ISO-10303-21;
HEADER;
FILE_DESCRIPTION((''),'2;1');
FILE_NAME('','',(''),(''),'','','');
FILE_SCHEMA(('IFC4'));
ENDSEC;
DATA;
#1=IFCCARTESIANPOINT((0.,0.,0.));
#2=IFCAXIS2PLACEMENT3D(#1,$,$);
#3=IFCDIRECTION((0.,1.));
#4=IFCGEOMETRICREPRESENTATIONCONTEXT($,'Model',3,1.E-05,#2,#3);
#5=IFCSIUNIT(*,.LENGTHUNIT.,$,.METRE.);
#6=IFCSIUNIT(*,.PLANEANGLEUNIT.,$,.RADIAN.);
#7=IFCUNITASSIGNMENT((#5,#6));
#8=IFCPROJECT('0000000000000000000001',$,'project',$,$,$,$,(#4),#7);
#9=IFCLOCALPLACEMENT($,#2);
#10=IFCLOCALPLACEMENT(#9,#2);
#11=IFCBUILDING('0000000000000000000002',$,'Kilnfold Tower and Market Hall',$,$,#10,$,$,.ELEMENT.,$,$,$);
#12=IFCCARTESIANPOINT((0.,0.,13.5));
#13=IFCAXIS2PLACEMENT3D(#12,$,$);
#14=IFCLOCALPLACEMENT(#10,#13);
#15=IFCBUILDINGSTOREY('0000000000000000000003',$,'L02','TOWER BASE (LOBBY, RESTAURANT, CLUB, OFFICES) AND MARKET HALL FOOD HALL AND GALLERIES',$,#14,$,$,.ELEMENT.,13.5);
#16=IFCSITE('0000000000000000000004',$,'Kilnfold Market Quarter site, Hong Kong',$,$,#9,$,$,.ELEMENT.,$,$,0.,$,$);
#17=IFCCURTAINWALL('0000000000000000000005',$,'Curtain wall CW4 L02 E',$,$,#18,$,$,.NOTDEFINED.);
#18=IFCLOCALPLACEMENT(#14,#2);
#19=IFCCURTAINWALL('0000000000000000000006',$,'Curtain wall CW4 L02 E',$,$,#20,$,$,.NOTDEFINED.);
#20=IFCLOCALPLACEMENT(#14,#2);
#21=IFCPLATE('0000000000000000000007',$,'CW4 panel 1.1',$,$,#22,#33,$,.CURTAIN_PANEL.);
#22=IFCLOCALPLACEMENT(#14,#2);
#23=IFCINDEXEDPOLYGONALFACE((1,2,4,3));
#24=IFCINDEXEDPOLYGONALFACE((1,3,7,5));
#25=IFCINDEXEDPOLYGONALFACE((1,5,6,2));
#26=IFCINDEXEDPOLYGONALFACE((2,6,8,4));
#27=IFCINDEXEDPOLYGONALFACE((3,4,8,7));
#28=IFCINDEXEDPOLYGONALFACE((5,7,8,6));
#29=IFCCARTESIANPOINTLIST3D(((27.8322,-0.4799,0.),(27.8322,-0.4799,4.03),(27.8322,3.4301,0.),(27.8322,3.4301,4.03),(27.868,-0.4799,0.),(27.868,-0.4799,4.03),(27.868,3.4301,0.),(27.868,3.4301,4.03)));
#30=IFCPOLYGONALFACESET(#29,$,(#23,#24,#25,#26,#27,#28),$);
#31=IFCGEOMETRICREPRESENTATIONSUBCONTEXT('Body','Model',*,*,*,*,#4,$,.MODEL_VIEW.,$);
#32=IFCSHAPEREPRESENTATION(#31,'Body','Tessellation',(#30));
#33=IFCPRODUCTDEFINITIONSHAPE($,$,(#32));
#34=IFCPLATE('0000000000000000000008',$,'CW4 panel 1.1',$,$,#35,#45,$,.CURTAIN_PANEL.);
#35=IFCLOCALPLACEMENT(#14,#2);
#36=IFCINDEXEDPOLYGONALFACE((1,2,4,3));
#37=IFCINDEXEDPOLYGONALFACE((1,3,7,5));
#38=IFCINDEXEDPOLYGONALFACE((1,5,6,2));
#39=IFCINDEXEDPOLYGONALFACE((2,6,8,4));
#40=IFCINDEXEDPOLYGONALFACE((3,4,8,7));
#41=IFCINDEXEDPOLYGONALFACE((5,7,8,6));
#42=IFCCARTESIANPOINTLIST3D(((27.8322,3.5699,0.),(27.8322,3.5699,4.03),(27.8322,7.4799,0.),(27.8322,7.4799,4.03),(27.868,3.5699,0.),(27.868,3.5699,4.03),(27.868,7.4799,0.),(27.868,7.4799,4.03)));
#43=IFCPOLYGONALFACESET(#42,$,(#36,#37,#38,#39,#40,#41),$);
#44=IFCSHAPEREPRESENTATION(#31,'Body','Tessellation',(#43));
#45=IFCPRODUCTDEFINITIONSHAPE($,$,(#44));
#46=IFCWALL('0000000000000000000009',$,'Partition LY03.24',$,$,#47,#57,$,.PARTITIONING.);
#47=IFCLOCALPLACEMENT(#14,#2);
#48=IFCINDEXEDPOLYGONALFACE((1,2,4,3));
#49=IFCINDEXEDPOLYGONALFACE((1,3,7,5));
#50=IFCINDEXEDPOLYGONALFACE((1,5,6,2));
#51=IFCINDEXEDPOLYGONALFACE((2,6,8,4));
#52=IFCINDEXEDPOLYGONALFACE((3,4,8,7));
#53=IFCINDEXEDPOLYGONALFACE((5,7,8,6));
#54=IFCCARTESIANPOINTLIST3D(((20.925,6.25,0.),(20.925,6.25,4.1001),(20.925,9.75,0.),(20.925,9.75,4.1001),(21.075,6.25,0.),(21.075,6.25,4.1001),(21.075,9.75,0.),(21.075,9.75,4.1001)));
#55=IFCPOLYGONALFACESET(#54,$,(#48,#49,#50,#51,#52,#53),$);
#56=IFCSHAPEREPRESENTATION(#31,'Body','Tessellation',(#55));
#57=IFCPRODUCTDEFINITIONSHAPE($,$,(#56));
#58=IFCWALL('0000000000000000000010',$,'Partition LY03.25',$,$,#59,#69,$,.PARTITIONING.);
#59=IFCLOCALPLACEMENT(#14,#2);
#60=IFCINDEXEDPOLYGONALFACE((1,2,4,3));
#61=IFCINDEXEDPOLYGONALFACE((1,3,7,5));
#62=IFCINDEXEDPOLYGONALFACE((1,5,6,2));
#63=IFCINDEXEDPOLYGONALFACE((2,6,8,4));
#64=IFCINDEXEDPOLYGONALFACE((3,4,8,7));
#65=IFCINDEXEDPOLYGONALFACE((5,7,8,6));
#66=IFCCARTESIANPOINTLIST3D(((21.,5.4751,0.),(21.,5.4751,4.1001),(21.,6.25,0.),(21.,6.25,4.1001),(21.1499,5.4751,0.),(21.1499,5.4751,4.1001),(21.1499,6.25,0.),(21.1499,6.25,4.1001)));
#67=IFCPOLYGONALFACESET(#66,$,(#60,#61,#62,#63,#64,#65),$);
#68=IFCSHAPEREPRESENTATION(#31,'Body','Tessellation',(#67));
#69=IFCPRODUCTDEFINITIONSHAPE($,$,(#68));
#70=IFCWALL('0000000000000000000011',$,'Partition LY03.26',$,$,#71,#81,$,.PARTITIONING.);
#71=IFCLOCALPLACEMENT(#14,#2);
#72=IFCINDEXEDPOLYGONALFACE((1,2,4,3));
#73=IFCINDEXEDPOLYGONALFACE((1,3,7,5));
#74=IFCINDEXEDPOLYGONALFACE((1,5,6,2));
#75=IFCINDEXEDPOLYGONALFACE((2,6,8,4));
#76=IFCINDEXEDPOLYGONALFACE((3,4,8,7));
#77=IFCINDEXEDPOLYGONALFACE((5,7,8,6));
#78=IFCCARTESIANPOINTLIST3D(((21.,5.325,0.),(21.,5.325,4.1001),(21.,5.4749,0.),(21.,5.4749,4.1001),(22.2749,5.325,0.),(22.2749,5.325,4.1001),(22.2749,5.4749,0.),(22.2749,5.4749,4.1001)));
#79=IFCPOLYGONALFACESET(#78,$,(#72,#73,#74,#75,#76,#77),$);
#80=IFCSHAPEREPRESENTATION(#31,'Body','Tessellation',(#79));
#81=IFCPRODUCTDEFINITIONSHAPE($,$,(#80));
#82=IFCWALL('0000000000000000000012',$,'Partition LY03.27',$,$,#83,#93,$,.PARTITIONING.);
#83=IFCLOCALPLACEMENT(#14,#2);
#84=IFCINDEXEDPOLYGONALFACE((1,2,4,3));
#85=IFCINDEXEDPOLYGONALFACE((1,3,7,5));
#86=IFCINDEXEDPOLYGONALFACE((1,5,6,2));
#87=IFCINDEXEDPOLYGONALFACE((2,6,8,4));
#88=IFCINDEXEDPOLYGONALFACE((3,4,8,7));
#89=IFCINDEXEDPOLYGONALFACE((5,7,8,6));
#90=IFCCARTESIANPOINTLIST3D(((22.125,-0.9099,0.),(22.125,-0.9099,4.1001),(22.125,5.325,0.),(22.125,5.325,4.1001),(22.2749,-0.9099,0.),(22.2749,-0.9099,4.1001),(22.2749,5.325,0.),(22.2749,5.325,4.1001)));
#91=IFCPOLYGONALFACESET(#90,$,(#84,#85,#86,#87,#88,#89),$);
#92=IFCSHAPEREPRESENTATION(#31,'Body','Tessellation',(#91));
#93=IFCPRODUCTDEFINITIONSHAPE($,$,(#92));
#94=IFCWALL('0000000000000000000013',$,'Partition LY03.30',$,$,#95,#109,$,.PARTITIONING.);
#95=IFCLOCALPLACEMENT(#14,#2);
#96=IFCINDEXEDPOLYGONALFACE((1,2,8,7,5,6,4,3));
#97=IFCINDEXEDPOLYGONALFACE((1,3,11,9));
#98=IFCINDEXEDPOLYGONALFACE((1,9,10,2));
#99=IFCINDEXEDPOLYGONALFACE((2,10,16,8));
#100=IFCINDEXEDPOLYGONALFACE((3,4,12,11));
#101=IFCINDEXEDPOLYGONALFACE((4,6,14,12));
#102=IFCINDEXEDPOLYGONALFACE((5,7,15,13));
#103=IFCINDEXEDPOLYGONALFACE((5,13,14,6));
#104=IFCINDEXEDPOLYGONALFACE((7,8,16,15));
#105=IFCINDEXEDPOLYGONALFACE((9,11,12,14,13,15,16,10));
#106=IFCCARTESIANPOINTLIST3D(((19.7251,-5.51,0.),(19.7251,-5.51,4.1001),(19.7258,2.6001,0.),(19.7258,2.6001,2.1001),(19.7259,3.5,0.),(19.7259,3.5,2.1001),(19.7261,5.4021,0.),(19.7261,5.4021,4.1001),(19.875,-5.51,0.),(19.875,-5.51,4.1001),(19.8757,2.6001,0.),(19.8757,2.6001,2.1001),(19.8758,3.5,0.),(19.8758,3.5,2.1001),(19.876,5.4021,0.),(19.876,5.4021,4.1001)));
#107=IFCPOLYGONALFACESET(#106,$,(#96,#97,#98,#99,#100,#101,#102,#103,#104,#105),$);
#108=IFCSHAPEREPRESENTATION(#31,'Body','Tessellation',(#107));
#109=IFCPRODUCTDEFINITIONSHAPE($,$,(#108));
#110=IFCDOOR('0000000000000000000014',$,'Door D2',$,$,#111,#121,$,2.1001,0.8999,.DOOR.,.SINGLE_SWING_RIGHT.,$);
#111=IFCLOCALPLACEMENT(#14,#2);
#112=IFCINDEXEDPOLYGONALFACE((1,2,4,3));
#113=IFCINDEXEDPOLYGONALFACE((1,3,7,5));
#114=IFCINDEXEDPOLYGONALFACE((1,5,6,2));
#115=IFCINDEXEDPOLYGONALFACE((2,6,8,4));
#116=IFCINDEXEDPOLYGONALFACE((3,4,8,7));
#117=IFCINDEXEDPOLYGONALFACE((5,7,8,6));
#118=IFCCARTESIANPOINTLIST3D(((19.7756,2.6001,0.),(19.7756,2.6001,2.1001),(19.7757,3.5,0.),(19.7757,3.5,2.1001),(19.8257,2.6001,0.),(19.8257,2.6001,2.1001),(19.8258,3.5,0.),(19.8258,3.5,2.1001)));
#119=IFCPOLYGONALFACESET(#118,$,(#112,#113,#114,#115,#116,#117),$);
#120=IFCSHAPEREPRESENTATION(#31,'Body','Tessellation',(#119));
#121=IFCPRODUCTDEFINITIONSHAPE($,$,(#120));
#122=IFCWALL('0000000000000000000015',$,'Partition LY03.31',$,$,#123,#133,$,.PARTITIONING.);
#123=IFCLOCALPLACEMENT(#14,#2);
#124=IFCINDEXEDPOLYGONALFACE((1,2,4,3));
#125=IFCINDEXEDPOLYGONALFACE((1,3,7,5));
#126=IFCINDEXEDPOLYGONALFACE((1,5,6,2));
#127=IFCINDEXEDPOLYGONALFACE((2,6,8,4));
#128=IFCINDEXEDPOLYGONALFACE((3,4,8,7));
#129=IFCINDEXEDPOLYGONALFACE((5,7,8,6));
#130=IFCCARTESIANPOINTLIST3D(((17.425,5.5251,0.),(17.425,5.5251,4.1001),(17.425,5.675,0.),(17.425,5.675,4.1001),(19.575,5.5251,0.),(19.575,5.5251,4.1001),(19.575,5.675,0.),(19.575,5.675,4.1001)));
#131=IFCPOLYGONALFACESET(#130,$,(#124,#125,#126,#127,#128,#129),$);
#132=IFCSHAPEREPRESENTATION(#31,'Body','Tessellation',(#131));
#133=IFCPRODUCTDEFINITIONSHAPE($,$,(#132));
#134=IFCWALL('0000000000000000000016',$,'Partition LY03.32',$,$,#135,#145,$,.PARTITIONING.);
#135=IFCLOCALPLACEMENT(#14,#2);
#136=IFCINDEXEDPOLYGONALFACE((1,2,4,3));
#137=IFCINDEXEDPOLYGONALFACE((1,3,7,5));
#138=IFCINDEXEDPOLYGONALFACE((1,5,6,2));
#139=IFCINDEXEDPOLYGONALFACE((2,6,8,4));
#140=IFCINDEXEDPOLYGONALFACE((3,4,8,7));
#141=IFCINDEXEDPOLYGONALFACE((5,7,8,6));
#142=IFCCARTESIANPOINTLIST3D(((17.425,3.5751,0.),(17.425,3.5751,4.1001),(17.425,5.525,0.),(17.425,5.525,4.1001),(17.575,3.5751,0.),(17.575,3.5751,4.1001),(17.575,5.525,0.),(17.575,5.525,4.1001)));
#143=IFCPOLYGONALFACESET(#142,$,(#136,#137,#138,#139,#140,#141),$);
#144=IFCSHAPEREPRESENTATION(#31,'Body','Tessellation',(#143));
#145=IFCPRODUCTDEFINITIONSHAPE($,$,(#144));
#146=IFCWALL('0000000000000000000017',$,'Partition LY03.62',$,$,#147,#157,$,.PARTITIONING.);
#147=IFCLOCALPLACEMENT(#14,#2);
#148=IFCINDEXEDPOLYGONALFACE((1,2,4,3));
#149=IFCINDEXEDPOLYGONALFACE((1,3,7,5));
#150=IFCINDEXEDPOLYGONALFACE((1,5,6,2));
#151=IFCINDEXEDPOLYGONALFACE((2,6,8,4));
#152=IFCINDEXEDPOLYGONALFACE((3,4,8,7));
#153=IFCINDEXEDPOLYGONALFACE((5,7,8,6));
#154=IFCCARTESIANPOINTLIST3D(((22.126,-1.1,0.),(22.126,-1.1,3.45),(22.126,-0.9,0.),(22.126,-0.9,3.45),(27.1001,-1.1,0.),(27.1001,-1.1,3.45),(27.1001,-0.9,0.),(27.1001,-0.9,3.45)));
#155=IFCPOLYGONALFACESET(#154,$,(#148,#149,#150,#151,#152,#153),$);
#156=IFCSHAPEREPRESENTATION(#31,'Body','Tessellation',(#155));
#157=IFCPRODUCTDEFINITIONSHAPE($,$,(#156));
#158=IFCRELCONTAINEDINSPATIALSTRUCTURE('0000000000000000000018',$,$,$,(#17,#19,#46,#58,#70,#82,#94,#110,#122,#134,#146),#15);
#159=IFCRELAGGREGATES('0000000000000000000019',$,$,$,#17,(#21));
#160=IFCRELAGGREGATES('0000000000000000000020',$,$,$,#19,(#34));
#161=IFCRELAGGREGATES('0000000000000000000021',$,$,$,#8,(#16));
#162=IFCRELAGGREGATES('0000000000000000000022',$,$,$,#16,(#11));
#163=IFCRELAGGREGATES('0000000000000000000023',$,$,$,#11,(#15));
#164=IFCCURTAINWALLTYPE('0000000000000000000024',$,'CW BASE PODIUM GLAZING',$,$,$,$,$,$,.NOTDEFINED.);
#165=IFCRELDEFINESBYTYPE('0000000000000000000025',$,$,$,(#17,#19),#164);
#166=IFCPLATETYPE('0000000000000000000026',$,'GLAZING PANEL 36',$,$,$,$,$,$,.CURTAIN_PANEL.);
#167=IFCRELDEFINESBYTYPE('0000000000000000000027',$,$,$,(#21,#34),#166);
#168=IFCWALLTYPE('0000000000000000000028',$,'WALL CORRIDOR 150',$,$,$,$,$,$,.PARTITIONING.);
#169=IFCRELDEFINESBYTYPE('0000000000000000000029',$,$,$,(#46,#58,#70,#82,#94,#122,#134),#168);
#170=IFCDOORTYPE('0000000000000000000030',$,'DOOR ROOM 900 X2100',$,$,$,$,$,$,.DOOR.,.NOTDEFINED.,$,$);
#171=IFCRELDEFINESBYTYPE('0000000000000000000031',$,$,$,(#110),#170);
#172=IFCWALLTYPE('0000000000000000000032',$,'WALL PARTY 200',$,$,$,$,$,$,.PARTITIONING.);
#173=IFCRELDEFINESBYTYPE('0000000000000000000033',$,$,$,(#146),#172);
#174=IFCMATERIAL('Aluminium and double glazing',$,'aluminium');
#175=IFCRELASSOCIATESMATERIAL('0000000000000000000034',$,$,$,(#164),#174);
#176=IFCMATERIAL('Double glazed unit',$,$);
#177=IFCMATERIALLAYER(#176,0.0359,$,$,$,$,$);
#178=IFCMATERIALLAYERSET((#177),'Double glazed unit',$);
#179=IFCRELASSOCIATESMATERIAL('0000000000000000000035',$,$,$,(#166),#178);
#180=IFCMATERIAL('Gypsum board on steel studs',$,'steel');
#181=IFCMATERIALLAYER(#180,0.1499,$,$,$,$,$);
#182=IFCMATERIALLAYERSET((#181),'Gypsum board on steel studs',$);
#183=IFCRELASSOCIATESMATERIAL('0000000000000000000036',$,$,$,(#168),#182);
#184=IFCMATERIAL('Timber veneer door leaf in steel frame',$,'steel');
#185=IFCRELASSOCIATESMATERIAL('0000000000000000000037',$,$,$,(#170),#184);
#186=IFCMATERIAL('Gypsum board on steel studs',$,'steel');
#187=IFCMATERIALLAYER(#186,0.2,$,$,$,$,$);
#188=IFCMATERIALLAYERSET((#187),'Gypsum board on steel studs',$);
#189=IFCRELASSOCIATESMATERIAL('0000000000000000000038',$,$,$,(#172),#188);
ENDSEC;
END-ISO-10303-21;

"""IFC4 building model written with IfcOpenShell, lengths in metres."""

from ifc_helpers import new_model, si_unit, direction, frame, frame_2d, origin, origin_2d, place, context, subcontext, project, spatial, rectangle, extrude, source, transform, mapped, material, layer, layer_set, type_object, element, fill, aggregate, save


model = new_model("IFC4")

# Units and contexts
model_context = context("Model", 3, precision=1e-05, world=origin(), true_north=direction((0.0, 1.0)))
body_context = subcontext(model_context, "Body", "Model", "MODEL_VIEW")
ifc_project = project(units=[si_unit("LENGTHUNIT", "METRE"), si_unit("PLANEANGLEUNIT", "RADIAN")], contexts=[model_context])

# Site, building, storey
site_placement = place(None, origin())
site = spatial("IfcSite", under=ifc_project, at=site_placement, Name="Kilnfold Market Quarter site, Hong Kong", CompositionType="ELEMENT", RefElevation=0.0)
building_placement = place(site_placement, origin())
building = spatial("IfcBuilding", under=site, at=building_placement, Name="Kilnfold Tower and Market Hall", CompositionType="ELEMENT")
storey_placement = place(building_placement, frame((0.0, 0.0, 13.5)))
storey = spatial("IfcBuildingStorey", under=building, at=storey_placement, Name="L02", Description="TOWER BASE (LOBBY, RESTAURANT, CLUB, OFFICES) AND MARKET HALL FOOD HALL AND GALLERIES", CompositionType="ELEMENT", Elevation=13.5)

# Curtain walls
ifc_material_1 = material(Name="Aluminium and double glazing", Category="aluminium")
curtain_wall_type = type_object("IfcCurtainWallType", Name="CW BASE PODIUM GLAZING", PredefinedType="NOTDEFINED", material=ifc_material_1)
curtain_wall_1_placement = place(storey_placement, origin())
curtain_wall_1 = element("IfcCurtainWall", 1, at=curtain_wall_1_placement, inside=storey, type_object=curtain_wall_type, Name="Curtain wall CW4 L02 E", PredefinedType="NOTDEFINED")
curtain_wall_2_placement = place(storey_placement, origin())
curtain_wall_2 = element("IfcCurtainWall", 2, at=curtain_wall_2_placement, inside=storey, type_object=curtain_wall_type, Name="Curtain wall CW4 L02 E", PredefinedType="NOTDEFINED")

# Plates
ifc_material_2 = material(Name="Double glazed unit")
ifc_layer_1 = layer(ifc_material_2, 0.0359)
ifc_layer_set_1 = layer_set([ifc_layer_1], Name="Double glazed unit")
plate_type = type_object("IfcPlateType", Name="GLAZING PANEL 36", PredefinedType="CURTAIN_PANEL", material=ifc_layer_set_1)
shared_shape_1 = source(origin(), body_context, "Body", "SweptSolid", [
    extrude(rectangle(XDim=3.9099, YDim=0.0359, at=origin_2d()), origin(), (0.0, 0.0, 1.0), 4.03),
])
plate_1_placement = place(storey_placement, frame((27.8501, 1.4751, 0.0), z_axis=(0.0, 0.0, 1.0), x_axis=(0.0, 1.0, 0.0)))
plate_1 = element("IfcPlate", 3, at=plate_1_placement, type_object=plate_type, Name="CW4 panel 1.1", PredefinedType="CURTAIN_PANEL", context=body_context, shape_type="MappedRepresentation", body=[
    mapped(shared_shape_1, transform((0.0, 0.0, 0.0))),
])
aggregate(curtain_wall_1, [plate_1])
plate_2_placement = place(storey_placement, frame((27.8501, 5.5249, 0.0), z_axis=(0.0, 0.0, 1.0), x_axis=(0.0, 1.0, 0.0)))
plate_2 = element("IfcPlate", 4, at=plate_2_placement, type_object=plate_type, Name="CW4 panel 1.1", PredefinedType="CURTAIN_PANEL", context=body_context, shape_type="MappedRepresentation", body=[
    mapped(shared_shape_1, transform((0.0, 0.0, 0.0))),
])
aggregate(curtain_wall_2, [plate_2])

# Walls
ifc_material_3 = material(Name="Gypsum board on steel studs", Category="steel")
ifc_layer_2 = layer(ifc_material_3, 0.1499)
ifc_layer_set_2 = layer_set([ifc_layer_2], Name="Gypsum board on steel studs")
wall_type_1 = type_object("IfcWallType", Name="WALL CORRIDOR 150", PredefinedType="PARTITIONING", material=ifc_layer_set_2)
wall_1_placement = place(storey_placement, frame((21.0, 6.25, 0.0), z_axis=(0.0, 0.0, 1.0), x_axis=(0.0, 1.0, 0.0)))
element("IfcWall", 5, at=wall_1_placement, inside=storey, type_object=wall_type_1, Name="Partition LY03.24", PredefinedType="PARTITIONING", context=body_context, shape_type="SweptSolid", body=[
    extrude(rectangle(XDim=3.5, YDim=0.1499, at=frame_2d((1.75, 0.0))), origin(), (0.0, 0.0, 1.0), 4.1001),
])
wall_2_placement = place(storey_placement, frame((21.075, 5.4751, 0.0), z_axis=(0.0, 0.0, 1.0), x_axis=(0.0, 1.0, 0.0)))
element("IfcWall", 6, at=wall_2_placement, inside=storey, type_object=wall_type_1, Name="Partition LY03.25", PredefinedType="PARTITIONING", context=body_context, shape_type="SweptSolid", body=[
    extrude(rectangle(XDim=0.7749, YDim=0.1499, at=frame_2d((0.3875, 0.0))), origin(), (0.0, 0.0, 1.0), 4.1001),
])
wall_3_placement = place(storey_placement, frame((22.2749, 5.3999, 0.0), z_axis=(0.0, 0.0, 1.0), x_axis=(-1.0, 0.0, 0.0)))
element("IfcWall", 7, at=wall_3_placement, inside=storey, type_object=wall_type_1, Name="Partition LY03.26", PredefinedType="PARTITIONING", context=body_context, shape_type="SweptSolid", body=[
    extrude(rectangle(XDim=1.2749, YDim=0.1499, at=frame_2d((0.6375, 0.0))), origin(), (0.0, 0.0, 1.0), 4.1001),
])
wall_4_placement = place(storey_placement, frame((22.2, -0.9099, 0.0), z_axis=(0.0, 0.0, 1.0), x_axis=(0.0, 1.0, 0.0)))
element("IfcWall", 8, at=wall_4_placement, inside=storey, type_object=wall_type_1, Name="Partition LY03.27", PredefinedType="PARTITIONING", context=body_context, shape_type="SweptSolid", body=[
    extrude(rectangle(XDim=6.2349, YDim=0.1499, at=frame_2d((3.1174, 0.0))), origin(), (0.0, 0.0, 1.0), 4.1001),
])

# Wall, opening, door
wall_5_placement = place(storey_placement, frame((19.801, 5.4021, 0.0), z_axis=(0.0, 0.0, 1.0), x_axis=(-0.000089, -1.0, 0.0)))
wall_5 = element("IfcWall", 9, at=wall_5_placement, inside=storey, type_object=wall_type_1, Name="Partition LY03.30", PredefinedType="PARTITIONING", context=body_context, shape_type="SweptSolid", body=[
    extrude(rectangle(XDim=10.9121, YDim=0.1499, at=frame_2d((5.4561, 0.0))), origin(), (0.0, 0.0, 1.0), 4.1001),
])
opening_placement = place(wall_5_placement, frame((1.9021, 0.0, 0.0)))
opening = element("IfcOpeningElement", 10, at=opening_placement, cuts=wall_5, PredefinedType="OPENING", context=body_context, shape_type="SweptSolid", body=[
    extrude(rectangle(XDim=0.8999, YDim=2.1001, at=frame_2d((0.45, 1.05))), frame((0.0, 0.085, 0.0), z_axis=(0.0, -1.0, 0.0), x_axis=(1.0, 0.0, 0.0)), (0.0, 0.0, 1.0), 0.1699),
])
ifc_material_4 = material(Name="Timber veneer door leaf in steel frame", Category="steel")
door_type = type_object("IfcDoorType", Name="DOOR ROOM 900 X2100", OperationType="NOTDEFINED", PredefinedType="DOOR", material=ifc_material_4)
door_placement = place(opening_placement, origin())
door = element("IfcDoor", 11, at=door_placement, inside=storey, type_object=door_type, Name="Door D2", OperationType="SINGLE_SWING_RIGHT", OverallHeight=2.1001, OverallWidth=0.8999, PredefinedType="DOOR", context=body_context, shape_type="SweptSolid", body=[
    extrude(rectangle(XDim=0.8999, YDim=2.1001, at=frame_2d((0.45, 1.05))), frame((0.0, 0.0249, 0.0), z_axis=(0.0, -1.0, 0.0), x_axis=(1.0, 0.0, 0.0)), (0.0, 0.0, 1.0), 0.05),
])
fill(opening, door)

# Walls
wall_6_placement = place(storey_placement, frame((17.425, 5.6001, 0.0), z_axis=(0.0, 0.0, 1.0), x_axis=(1.0, 0.0, 0.0)))
element("IfcWall", 12, at=wall_6_placement, inside=storey, type_object=wall_type_1, Name="Partition LY03.31", PredefinedType="PARTITIONING", context=body_context, shape_type="SweptSolid", body=[
    extrude(rectangle(XDim=2.1499, YDim=0.1499, at=frame_2d((1.075, 0.0))), origin(), (0.0, 0.0, 1.0), 4.1001),
])
wall_7_placement = place(storey_placement, frame((17.5, 3.575, 0.0), z_axis=(0.0, 0.0, 1.0), x_axis=(0.0, 1.0, 0.0)))
element("IfcWall", 13, at=wall_7_placement, inside=storey, type_object=wall_type_1, Name="Partition LY03.32", PredefinedType="PARTITIONING", context=body_context, shape_type="SweptSolid", body=[
    extrude(rectangle(XDim=1.95, YDim=0.1499, at=frame_2d((0.9751, 0.0))), origin(), (0.0, 0.0, 1.0), 4.1001),
])
ifc_material_5 = material(Name="Gypsum board on steel studs", Category="steel")
ifc_layer_3 = layer(ifc_material_5, 0.2)
ifc_layer_set_3 = layer_set([ifc_layer_3], Name="Gypsum board on steel studs")
wall_type_2 = type_object("IfcWallType", Name="WALL PARTY 200", PredefinedType="PARTITIONING", material=ifc_layer_set_3)
wall_8_placement = place(storey_placement, frame((22.126, -1.0, 0.0), z_axis=(0.0, 0.0, 1.0), x_axis=(1.0, 0.0, 0.0)))
element("IfcWall", 14, at=wall_8_placement, inside=storey, type_object=wall_type_2, Name="Partition LY03.62", PredefinedType="PARTITIONING", context=body_context, shape_type="SweptSolid", body=[
    extrude(rectangle(XDim=4.9741, YDim=0.2, at=frame_2d((2.4871, 0.0))), origin(), (0.0, 0.0, 1.0), 3.45),
])

save(model, "model.ifc")
